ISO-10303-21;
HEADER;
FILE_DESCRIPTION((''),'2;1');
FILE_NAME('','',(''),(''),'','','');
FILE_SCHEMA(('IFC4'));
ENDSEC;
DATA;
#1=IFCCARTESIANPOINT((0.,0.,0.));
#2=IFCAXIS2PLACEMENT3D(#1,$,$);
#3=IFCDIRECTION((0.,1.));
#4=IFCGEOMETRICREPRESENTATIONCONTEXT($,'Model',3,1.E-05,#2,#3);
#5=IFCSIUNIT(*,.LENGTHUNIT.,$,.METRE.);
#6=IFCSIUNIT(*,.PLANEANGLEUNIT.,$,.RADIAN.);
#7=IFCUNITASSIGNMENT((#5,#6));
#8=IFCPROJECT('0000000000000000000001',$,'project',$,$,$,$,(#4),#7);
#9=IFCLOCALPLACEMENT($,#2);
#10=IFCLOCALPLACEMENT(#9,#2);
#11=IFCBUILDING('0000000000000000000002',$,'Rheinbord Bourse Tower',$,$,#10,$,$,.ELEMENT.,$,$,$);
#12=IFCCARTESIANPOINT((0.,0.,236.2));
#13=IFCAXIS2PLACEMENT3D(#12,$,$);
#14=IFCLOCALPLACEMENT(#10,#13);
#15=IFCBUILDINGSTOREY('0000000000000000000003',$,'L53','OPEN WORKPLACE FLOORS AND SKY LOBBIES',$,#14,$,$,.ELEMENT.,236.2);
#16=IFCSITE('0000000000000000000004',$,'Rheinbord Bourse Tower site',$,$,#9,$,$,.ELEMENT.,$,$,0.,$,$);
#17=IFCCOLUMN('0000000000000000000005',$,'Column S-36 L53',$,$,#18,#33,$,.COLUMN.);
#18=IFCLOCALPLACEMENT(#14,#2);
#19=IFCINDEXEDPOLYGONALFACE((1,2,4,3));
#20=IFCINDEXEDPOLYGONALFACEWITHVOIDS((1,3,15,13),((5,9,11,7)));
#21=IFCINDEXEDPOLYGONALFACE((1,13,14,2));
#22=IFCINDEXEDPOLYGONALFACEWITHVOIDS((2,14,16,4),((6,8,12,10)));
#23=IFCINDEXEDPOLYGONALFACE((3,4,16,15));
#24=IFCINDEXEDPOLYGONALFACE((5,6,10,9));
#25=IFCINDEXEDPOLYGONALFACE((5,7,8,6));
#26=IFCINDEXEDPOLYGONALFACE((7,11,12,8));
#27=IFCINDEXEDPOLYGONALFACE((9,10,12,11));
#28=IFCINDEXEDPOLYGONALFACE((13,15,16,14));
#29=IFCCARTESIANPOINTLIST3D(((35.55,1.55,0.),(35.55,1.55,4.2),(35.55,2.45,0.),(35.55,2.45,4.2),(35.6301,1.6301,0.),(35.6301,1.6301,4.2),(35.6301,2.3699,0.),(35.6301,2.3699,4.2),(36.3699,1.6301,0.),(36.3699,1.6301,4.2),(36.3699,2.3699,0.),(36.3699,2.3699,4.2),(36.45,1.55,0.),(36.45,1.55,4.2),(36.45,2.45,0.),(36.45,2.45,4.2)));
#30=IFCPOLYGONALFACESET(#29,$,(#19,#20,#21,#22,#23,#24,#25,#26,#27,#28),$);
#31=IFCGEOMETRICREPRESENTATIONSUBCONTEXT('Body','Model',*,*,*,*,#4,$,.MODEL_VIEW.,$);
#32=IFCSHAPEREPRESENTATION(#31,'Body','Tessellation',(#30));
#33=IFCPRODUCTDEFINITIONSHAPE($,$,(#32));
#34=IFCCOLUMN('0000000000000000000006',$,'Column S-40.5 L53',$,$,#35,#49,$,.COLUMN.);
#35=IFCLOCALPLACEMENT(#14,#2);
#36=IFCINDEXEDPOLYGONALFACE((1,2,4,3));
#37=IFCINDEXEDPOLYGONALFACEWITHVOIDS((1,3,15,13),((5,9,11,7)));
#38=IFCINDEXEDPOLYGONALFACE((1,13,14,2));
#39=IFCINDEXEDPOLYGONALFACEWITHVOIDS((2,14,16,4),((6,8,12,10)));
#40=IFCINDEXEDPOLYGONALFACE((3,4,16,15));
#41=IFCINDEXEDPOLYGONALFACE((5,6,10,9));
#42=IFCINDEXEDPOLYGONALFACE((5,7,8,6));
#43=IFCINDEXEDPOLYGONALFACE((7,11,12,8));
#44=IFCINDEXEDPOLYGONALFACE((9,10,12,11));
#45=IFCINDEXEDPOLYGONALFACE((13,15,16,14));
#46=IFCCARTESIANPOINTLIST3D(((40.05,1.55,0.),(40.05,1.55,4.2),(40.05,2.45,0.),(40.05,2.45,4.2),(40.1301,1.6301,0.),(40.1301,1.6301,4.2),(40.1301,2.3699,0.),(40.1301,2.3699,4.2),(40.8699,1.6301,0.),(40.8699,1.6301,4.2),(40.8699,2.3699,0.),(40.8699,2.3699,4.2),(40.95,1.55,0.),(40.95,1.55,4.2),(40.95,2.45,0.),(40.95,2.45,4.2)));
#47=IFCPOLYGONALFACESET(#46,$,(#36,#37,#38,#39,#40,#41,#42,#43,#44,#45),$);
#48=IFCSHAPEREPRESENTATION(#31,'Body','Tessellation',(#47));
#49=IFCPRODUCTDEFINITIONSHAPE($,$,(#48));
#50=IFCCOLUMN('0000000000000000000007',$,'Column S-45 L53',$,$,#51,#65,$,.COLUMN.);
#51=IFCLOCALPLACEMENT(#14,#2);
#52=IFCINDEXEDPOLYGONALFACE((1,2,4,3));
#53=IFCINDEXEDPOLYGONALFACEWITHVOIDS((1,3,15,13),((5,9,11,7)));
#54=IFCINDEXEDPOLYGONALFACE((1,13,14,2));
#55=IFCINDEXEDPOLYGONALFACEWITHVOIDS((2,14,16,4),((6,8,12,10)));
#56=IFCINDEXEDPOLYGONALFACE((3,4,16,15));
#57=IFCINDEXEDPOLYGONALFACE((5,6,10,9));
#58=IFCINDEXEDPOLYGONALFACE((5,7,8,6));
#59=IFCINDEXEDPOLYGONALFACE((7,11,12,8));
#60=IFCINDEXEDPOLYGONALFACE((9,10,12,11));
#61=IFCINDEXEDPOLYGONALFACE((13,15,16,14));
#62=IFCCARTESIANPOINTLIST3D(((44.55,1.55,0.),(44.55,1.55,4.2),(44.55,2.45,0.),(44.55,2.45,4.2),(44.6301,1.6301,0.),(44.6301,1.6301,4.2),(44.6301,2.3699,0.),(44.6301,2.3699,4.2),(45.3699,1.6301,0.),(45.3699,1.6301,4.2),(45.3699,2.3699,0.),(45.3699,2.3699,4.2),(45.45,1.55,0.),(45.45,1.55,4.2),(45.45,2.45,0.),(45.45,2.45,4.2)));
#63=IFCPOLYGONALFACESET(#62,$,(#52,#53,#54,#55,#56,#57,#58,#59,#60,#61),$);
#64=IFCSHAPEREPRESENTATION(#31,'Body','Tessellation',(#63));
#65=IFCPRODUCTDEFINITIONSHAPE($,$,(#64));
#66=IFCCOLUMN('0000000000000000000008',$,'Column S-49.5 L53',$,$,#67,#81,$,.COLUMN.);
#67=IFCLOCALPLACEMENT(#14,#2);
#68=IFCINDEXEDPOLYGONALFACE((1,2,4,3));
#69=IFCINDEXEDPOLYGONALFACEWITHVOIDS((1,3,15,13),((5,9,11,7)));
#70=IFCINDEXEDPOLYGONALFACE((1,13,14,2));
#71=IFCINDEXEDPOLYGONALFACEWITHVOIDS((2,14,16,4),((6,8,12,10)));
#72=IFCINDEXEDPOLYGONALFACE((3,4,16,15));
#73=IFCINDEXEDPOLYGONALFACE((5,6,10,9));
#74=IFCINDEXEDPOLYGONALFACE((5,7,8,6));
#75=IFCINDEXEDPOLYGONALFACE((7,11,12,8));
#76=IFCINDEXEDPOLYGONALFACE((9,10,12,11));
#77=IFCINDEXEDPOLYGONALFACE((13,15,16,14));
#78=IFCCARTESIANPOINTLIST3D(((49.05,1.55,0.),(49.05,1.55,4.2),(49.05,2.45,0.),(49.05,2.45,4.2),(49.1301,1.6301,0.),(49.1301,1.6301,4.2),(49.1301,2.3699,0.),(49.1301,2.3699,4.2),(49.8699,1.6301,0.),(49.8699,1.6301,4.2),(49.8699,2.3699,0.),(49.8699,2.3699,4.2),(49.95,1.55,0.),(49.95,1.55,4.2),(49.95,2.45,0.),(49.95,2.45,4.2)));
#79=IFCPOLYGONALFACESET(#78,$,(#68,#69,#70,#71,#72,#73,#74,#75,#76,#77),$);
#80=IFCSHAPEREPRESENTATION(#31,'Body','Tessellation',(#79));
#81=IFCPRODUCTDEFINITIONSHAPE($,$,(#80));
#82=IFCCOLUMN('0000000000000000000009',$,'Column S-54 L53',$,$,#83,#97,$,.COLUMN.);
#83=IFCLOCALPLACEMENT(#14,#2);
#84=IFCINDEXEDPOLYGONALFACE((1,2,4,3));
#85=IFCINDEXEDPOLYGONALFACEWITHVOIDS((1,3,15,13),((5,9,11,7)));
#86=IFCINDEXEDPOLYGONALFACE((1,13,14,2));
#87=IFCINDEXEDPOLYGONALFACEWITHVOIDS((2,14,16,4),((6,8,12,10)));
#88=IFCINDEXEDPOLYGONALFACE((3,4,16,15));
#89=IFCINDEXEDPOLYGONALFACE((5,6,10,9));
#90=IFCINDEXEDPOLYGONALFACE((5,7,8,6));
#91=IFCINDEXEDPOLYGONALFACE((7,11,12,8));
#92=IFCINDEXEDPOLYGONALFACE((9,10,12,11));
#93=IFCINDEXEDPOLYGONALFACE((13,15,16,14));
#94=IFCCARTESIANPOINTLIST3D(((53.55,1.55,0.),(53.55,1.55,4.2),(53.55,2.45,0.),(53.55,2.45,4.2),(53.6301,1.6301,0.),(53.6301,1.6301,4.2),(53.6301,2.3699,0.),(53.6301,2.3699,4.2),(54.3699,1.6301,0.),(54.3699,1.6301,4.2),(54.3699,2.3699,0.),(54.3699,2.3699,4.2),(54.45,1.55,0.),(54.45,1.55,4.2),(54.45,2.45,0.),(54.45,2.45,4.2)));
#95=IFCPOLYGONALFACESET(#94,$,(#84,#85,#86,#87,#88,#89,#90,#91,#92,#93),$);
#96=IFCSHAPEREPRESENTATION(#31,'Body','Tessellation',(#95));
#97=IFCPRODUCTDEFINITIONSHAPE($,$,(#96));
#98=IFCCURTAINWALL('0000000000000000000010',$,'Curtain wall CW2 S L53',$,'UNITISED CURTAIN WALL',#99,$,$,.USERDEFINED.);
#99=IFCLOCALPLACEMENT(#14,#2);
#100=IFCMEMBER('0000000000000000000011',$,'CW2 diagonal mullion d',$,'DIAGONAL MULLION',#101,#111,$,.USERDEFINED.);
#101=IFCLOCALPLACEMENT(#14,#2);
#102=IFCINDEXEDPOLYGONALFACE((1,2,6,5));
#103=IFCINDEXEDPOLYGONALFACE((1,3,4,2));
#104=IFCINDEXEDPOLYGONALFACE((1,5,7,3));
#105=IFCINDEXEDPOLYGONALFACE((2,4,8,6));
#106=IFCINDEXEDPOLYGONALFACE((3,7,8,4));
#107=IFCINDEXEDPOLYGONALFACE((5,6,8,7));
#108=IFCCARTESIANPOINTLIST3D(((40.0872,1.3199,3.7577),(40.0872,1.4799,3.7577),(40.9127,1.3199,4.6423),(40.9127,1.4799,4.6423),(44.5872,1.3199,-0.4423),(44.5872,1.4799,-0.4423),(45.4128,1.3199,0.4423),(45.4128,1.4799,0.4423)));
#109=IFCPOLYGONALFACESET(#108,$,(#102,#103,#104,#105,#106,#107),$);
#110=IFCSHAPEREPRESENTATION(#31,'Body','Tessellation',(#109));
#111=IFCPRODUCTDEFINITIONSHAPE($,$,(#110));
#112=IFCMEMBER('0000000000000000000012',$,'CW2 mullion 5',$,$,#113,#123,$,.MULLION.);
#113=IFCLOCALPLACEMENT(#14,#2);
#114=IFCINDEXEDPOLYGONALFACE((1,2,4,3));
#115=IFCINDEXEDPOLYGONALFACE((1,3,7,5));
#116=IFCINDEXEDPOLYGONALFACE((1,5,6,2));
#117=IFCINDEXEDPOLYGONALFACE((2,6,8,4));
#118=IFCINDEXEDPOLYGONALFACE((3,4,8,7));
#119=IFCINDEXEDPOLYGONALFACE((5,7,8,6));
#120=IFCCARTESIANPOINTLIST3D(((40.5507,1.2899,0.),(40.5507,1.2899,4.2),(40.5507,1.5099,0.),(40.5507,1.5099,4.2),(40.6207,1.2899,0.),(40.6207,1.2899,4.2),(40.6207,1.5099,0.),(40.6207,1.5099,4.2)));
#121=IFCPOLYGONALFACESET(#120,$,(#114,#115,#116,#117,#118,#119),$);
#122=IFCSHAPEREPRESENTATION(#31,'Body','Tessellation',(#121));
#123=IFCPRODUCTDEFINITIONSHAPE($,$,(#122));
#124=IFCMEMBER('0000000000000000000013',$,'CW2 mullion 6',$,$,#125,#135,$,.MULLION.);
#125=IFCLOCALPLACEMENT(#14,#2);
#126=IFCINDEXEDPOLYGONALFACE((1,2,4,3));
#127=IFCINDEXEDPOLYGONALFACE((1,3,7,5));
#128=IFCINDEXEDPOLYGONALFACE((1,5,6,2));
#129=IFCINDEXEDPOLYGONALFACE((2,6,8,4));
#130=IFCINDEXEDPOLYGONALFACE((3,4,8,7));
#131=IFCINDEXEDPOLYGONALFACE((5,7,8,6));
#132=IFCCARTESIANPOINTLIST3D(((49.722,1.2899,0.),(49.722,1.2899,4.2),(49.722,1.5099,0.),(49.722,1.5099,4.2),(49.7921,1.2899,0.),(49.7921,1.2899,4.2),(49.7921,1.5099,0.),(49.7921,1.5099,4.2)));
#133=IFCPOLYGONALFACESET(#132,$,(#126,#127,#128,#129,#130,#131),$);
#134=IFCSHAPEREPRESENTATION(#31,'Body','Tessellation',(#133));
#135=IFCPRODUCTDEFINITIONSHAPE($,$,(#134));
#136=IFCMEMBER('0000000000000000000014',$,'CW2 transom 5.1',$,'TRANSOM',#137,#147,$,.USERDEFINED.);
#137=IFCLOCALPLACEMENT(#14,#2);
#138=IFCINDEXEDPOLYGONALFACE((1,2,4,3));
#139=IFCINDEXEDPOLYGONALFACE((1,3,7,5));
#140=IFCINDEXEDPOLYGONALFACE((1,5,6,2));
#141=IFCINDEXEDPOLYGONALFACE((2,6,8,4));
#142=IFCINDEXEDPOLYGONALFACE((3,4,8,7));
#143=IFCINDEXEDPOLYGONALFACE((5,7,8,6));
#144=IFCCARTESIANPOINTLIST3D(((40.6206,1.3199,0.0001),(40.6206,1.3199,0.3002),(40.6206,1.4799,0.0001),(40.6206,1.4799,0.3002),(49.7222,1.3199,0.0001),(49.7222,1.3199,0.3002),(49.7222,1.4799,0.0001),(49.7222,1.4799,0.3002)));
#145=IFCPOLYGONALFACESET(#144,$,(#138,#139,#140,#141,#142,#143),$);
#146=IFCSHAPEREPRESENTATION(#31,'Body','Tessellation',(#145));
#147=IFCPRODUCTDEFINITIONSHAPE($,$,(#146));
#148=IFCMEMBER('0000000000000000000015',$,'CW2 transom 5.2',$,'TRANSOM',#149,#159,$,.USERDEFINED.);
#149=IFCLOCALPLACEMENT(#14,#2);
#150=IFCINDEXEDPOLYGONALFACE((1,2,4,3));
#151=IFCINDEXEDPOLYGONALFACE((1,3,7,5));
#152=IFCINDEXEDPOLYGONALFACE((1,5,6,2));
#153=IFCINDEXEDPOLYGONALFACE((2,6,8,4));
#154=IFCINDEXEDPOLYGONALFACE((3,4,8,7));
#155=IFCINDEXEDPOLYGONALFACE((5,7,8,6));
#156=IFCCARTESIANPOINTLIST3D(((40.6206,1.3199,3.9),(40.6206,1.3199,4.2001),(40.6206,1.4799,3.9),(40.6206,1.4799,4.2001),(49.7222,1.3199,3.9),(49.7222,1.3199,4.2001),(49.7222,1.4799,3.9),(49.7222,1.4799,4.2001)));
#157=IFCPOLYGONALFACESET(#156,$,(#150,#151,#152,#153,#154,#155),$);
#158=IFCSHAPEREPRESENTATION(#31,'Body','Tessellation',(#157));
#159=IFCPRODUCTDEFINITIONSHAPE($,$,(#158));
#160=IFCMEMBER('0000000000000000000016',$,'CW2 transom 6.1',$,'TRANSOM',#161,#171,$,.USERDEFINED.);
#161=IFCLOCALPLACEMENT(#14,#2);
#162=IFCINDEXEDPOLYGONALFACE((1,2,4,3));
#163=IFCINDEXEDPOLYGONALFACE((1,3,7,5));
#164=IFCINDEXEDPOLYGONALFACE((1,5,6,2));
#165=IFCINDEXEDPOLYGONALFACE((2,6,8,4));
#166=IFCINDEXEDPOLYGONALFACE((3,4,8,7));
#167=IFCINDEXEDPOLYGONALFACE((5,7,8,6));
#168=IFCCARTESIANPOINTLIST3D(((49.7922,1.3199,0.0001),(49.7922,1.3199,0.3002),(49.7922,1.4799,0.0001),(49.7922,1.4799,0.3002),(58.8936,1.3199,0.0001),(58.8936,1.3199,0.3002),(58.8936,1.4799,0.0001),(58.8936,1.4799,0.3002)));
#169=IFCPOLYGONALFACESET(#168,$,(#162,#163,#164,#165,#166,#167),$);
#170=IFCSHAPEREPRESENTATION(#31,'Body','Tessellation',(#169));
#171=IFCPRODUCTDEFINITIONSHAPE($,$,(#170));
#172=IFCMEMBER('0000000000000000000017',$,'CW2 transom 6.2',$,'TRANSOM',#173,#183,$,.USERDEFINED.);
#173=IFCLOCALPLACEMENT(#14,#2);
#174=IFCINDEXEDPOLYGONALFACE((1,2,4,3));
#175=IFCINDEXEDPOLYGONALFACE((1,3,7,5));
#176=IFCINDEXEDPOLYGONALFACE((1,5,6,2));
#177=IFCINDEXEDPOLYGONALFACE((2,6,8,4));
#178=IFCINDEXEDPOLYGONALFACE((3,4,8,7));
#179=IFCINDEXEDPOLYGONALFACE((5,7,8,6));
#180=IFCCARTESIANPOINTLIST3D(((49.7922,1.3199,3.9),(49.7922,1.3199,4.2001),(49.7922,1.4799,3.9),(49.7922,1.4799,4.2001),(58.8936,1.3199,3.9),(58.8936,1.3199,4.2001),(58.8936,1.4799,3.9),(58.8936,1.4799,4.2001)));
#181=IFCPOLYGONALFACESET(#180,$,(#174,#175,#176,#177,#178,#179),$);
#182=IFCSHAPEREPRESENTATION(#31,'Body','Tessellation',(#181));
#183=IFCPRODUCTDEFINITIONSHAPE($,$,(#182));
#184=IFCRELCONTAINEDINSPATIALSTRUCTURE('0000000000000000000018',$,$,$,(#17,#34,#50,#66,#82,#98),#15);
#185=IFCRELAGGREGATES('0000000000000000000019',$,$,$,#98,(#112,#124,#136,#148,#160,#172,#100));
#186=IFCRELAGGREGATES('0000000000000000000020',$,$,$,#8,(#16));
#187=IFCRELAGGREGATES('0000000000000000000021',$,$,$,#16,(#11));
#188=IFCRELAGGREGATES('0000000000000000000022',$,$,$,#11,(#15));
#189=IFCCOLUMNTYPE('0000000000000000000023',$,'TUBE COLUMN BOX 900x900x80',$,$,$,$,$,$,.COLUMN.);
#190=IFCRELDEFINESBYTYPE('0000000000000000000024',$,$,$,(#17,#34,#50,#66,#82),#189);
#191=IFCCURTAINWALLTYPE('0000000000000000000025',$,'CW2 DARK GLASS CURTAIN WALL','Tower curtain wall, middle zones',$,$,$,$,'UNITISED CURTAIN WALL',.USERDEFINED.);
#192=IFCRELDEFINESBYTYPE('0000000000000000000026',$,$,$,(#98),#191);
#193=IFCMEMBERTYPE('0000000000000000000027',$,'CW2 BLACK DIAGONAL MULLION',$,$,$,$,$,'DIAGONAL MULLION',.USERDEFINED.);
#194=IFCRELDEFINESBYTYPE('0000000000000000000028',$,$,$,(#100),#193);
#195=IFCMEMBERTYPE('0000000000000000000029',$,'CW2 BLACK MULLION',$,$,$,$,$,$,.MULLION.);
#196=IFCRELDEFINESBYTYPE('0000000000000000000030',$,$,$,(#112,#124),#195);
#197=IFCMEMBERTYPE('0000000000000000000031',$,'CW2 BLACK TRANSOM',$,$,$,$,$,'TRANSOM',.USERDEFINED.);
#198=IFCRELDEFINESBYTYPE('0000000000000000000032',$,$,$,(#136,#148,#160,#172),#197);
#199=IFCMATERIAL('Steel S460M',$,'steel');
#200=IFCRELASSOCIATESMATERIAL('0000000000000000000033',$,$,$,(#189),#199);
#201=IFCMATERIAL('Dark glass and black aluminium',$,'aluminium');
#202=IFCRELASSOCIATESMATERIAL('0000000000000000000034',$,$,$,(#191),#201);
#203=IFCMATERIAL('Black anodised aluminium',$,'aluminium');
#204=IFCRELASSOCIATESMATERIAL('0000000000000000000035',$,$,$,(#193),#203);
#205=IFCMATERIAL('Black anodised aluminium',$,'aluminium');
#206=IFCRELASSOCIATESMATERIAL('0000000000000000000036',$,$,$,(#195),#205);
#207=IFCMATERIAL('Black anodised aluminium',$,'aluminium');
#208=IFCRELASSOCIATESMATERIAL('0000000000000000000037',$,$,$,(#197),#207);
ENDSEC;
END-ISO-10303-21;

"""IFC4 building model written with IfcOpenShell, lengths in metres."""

from ifc_helpers import new_model, si_unit, direction, frame, origin, origin_2d, place, context, subcontext, project, spatial, rectangle, hollow_rectangle, extrude, material, material_profile, profile_set, type_object, element, aggregate, save


model = new_model("IFC4")

# Units and contexts
model_context = context("Model", 3, precision=1e-05, world=origin(), true_north=direction((0.0, 1.0)))
body_context = subcontext(model_context, "Body", "Model", "MODEL_VIEW")
ifc_project = project(units=[si_unit("LENGTHUNIT", "METRE"), si_unit("PLANEANGLEUNIT", "RADIAN")], contexts=[model_context])

# Site, building, storey
site_placement = place(None, origin())
site = spatial("IfcSite", under=ifc_project, at=site_placement, Name="Rheinbord Bourse Tower site", CompositionType="ELEMENT", RefElevation=0.0)
building_placement = place(site_placement, origin())
building = spatial("IfcBuilding", under=site, at=building_placement, Name="Rheinbord Bourse Tower", CompositionType="ELEMENT")
storey_placement = place(building_placement, frame((0.0, 0.0, 236.2)))
storey = spatial("IfcBuildingStorey", under=building, at=storey_placement, Name="L53", Description="OPEN WORKPLACE FLOORS AND SKY LOBBIES", CompositionType="ELEMENT", Elevation=236.2)

# Columns
ifc_material_1 = material(Name="Steel S460M", Category="steel")
ifc_material_profile_1 = material_profile(ifc_material_1, hollow_rectangle(XDim=0.8999, YDim=0.8999, WallThickness=0.0801, at=origin_2d()), Name="BOX 900x900x80")
ifc_profile_set_1 = profile_set([ifc_material_profile_1], Name="Steel S460M")
column_type = type_object("IfcColumnType", Name="TUBE COLUMN BOX 900x900x80", PredefinedType="COLUMN", material=ifc_profile_set_1)
for number, where, z_axis, x_axis, name in (
    (1, (36.0, 2.0, 0.0), (0.0, 0.0, 1.0), (0.0, 1.0, 0.0), "Column S-36 L53"),
    (2, (40.5, 2.0, 0.0), (0.0, 0.0, 1.0), (0.0, 1.0, 0.0), "Column S-40.5 L53"),
    (3, (45.0, 2.0, 0.0), (0.0, 0.0, 1.0), (0.0, 1.0, 0.0), "Column S-45 L53"),
    (4, (49.5, 2.0, 0.0), (0.0, 0.0, 1.0), (0.0, 1.0, 0.0), "Column S-49.5 L53"),
    (5, (54.0, 2.0, 0.0), (0.0, 0.0, 1.0), (0.0, 1.0, 0.0), "Column S-54 L53"),
):
    element("IfcColumn", number, at=place(storey_placement, frame(where, z_axis=z_axis, x_axis=x_axis)), inside=storey, type_object=column_type, Name=name, PredefinedType="COLUMN", context=body_context, shape_type="SweptSolid", body=[
        extrude(hollow_rectangle(XDim=0.8999, YDim=0.8999, WallThickness=0.0801, at=origin_2d()), origin(), (0.0, 0.0, 1.0), 4.2),
    ])

# Curtain wall, members
ifc_material_2 = material(Name="Dark glass and black aluminium", Category="aluminium")
curtain_wall_type = type_object("IfcCurtainWallType", Name="CW2 DARK GLASS CURTAIN WALL", Description="Tower curtain wall, middle zones", ElementType="UNITISED CURTAIN WALL", PredefinedType="USERDEFINED", material=ifc_material_2)
curtain_wall_placement = place(storey_placement, origin())
curtain_wall = element("IfcCurtainWall", 6, at=curtain_wall_placement, inside=storey, type_object=curtain_wall_type, Name="Curtain wall CW2 S L53", ObjectType="UNITISED CURTAIN WALL", PredefinedType="USERDEFINED")
ifc_material_3 = material(Name="Black anodised aluminium", Category="aluminium")
ifc_material_profile_2 = material_profile(ifc_material_3, rectangle(XDim=0.1599, YDim=1.21, at=origin_2d()), Name="CW2 DIAGONAL MULLION 1210x160")
ifc_profile_set_2 = profile_set([ifc_material_profile_2], Name="Black anodised aluminium")
member_type_1 = type_object("IfcMemberType", Name="CW2 BLACK DIAGONAL MULLION", ElementType="DIAGONAL MULLION", PredefinedType="USERDEFINED", material=ifc_profile_set_2)
member_1_placement = place(storey_placement, frame((45.0, 1.3999, 0.0), z_axis=(-0.731059, 0.0, 0.682314), x_axis=(0.0, -1.0, 0.0)))
member_1 = element("IfcMember", 7, at=member_1_placement, type_object=member_type_1, Name="CW2 diagonal mullion d", ObjectType="DIAGONAL MULLION", PredefinedType="USERDEFINED", context=body_context, shape_type="SweptSolid", body=[
    extrude(rectangle(XDim=0.1599, YDim=1.21, at=origin_2d()), origin(), (0.0, 0.0, 1.0), 6.1555),
])
ifc_material_4 = material(Name="Black anodised aluminium", Category="aluminium")
ifc_material_profile_3 = material_profile(ifc_material_4, rectangle(XDim=0.22, YDim=0.0701, at=origin_2d()), Name="CW2 MULLION 70x220")
ifc_profile_set_3 = profile_set([ifc_material_profile_3], Name="Black anodised aluminium")
member_type_2 = type_object("IfcMemberType", Name="CW2 BLACK MULLION", PredefinedType="MULLION", material=ifc_profile_set_3)
member_2_placement = place(storey_placement, frame((40.5857, 1.3999, 0.0), z_axis=(0.0, 0.0, 1.0), x_axis=(0.0, 1.0, 0.0)))
member_2 = element("IfcMember", 8, at=member_2_placement, type_object=member_type_2, Name="CW2 mullion 5", PredefinedType="MULLION", context=body_context, shape_type="SweptSolid", body=[
    extrude(rectangle(XDim=0.22, YDim=0.0701, at=origin_2d()), origin(), (0.0, 0.0, 1.0), 4.2),
])
member_3_placement = place(storey_placement, frame((49.7571, 1.3999, 0.0), z_axis=(0.0, 0.0, 1.0), x_axis=(0.0, 1.0, 0.0)))
member_3 = element("IfcMember", 9, at=member_3_placement, type_object=member_type_2, Name="CW2 mullion 6", PredefinedType="MULLION", context=body_context, shape_type="SweptSolid", body=[
    extrude(rectangle(XDim=0.22, YDim=0.0701, at=origin_2d()), origin(), (0.0, 0.0, 1.0), 4.2),
])
ifc_material_5 = material(Name="Black anodised aluminium", Category="aluminium")
ifc_material_profile_4 = material_profile(ifc_material_5, rectangle(XDim=0.1599, YDim=0.3, at=origin_2d()), Name="CW2 TRANSOM 300x160")
ifc_profile_set_4 = profile_set([ifc_material_profile_4], Name="Black anodised aluminium")
member_type_3 = type_object("IfcMemberType", Name="CW2 BLACK TRANSOM", ElementType="TRANSOM", PredefinedType="USERDEFINED", material=ifc_profile_set_4)
member_4_placement = place(storey_placement, frame((40.6206, 1.3999, 0.1501), z_axis=(1.0, 0.0, 0.0), x_axis=(0.0, 1.0, 0.0)))
member_4 = element("IfcMember", 10, at=member_4_placement, type_object=member_type_3, Name="CW2 transom 5.1", ObjectType="TRANSOM", PredefinedType="USERDEFINED", context=body_context, shape_type="SweptSolid", body=[
    extrude(rectangle(XDim=0.1599, YDim=0.3, at=origin_2d()), origin(), (0.0, 0.0, 1.0), 9.1016),
])
member_5_placement = place(storey_placement, frame((40.6206, 1.3999, 4.05), z_axis=(1.0, 0.0, 0.0), x_axis=(0.0, 1.0, 0.0)))
member_5 = element("IfcMember", 11, at=member_5_placement, type_object=member_type_3, Name="CW2 transom 5.2", ObjectType="TRANSOM", PredefinedType="USERDEFINED", context=body_context, shape_type="SweptSolid", body=[
    extrude(rectangle(XDim=0.1599, YDim=0.3, at=origin_2d()), origin(), (0.0, 0.0, 1.0), 9.1016),
])
member_6_placement = place(storey_placement, frame((49.7922, 1.3999, 0.1501), z_axis=(1.0, 0.0, 0.0), x_axis=(0.0, 1.0, 0.0)))
member_6 = element("IfcMember", 12, at=member_6_placement, type_object=member_type_3, Name="CW2 transom 6.1", ObjectType="TRANSOM", PredefinedType="USERDEFINED", context=body_context, shape_type="SweptSolid", body=[
    extrude(rectangle(XDim=0.1599, YDim=0.3, at=origin_2d()), origin(), (0.0, 0.0, 1.0), 9.1013),
])
member_7_placement = place(storey_placement, frame((49.7922, 1.3999, 4.05), z_axis=(1.0, 0.0, 0.0), x_axis=(0.0, 1.0, 0.0)))
member_7 = element("IfcMember", 13, at=member_7_placement, type_object=member_type_3, Name="CW2 transom 6.2", ObjectType="TRANSOM", PredefinedType="USERDEFINED", context=body_context, shape_type="SweptSolid", body=[
    extrude(rectangle(XDim=0.1599, YDim=0.3, at=origin_2d()), origin(), (0.0, 0.0, 1.0), 9.1013),
])

aggregate(curtain_wall, [member_2, member_3, member_4, member_5, member_6, member_7, member_1])

save(model, "model.ifc")
